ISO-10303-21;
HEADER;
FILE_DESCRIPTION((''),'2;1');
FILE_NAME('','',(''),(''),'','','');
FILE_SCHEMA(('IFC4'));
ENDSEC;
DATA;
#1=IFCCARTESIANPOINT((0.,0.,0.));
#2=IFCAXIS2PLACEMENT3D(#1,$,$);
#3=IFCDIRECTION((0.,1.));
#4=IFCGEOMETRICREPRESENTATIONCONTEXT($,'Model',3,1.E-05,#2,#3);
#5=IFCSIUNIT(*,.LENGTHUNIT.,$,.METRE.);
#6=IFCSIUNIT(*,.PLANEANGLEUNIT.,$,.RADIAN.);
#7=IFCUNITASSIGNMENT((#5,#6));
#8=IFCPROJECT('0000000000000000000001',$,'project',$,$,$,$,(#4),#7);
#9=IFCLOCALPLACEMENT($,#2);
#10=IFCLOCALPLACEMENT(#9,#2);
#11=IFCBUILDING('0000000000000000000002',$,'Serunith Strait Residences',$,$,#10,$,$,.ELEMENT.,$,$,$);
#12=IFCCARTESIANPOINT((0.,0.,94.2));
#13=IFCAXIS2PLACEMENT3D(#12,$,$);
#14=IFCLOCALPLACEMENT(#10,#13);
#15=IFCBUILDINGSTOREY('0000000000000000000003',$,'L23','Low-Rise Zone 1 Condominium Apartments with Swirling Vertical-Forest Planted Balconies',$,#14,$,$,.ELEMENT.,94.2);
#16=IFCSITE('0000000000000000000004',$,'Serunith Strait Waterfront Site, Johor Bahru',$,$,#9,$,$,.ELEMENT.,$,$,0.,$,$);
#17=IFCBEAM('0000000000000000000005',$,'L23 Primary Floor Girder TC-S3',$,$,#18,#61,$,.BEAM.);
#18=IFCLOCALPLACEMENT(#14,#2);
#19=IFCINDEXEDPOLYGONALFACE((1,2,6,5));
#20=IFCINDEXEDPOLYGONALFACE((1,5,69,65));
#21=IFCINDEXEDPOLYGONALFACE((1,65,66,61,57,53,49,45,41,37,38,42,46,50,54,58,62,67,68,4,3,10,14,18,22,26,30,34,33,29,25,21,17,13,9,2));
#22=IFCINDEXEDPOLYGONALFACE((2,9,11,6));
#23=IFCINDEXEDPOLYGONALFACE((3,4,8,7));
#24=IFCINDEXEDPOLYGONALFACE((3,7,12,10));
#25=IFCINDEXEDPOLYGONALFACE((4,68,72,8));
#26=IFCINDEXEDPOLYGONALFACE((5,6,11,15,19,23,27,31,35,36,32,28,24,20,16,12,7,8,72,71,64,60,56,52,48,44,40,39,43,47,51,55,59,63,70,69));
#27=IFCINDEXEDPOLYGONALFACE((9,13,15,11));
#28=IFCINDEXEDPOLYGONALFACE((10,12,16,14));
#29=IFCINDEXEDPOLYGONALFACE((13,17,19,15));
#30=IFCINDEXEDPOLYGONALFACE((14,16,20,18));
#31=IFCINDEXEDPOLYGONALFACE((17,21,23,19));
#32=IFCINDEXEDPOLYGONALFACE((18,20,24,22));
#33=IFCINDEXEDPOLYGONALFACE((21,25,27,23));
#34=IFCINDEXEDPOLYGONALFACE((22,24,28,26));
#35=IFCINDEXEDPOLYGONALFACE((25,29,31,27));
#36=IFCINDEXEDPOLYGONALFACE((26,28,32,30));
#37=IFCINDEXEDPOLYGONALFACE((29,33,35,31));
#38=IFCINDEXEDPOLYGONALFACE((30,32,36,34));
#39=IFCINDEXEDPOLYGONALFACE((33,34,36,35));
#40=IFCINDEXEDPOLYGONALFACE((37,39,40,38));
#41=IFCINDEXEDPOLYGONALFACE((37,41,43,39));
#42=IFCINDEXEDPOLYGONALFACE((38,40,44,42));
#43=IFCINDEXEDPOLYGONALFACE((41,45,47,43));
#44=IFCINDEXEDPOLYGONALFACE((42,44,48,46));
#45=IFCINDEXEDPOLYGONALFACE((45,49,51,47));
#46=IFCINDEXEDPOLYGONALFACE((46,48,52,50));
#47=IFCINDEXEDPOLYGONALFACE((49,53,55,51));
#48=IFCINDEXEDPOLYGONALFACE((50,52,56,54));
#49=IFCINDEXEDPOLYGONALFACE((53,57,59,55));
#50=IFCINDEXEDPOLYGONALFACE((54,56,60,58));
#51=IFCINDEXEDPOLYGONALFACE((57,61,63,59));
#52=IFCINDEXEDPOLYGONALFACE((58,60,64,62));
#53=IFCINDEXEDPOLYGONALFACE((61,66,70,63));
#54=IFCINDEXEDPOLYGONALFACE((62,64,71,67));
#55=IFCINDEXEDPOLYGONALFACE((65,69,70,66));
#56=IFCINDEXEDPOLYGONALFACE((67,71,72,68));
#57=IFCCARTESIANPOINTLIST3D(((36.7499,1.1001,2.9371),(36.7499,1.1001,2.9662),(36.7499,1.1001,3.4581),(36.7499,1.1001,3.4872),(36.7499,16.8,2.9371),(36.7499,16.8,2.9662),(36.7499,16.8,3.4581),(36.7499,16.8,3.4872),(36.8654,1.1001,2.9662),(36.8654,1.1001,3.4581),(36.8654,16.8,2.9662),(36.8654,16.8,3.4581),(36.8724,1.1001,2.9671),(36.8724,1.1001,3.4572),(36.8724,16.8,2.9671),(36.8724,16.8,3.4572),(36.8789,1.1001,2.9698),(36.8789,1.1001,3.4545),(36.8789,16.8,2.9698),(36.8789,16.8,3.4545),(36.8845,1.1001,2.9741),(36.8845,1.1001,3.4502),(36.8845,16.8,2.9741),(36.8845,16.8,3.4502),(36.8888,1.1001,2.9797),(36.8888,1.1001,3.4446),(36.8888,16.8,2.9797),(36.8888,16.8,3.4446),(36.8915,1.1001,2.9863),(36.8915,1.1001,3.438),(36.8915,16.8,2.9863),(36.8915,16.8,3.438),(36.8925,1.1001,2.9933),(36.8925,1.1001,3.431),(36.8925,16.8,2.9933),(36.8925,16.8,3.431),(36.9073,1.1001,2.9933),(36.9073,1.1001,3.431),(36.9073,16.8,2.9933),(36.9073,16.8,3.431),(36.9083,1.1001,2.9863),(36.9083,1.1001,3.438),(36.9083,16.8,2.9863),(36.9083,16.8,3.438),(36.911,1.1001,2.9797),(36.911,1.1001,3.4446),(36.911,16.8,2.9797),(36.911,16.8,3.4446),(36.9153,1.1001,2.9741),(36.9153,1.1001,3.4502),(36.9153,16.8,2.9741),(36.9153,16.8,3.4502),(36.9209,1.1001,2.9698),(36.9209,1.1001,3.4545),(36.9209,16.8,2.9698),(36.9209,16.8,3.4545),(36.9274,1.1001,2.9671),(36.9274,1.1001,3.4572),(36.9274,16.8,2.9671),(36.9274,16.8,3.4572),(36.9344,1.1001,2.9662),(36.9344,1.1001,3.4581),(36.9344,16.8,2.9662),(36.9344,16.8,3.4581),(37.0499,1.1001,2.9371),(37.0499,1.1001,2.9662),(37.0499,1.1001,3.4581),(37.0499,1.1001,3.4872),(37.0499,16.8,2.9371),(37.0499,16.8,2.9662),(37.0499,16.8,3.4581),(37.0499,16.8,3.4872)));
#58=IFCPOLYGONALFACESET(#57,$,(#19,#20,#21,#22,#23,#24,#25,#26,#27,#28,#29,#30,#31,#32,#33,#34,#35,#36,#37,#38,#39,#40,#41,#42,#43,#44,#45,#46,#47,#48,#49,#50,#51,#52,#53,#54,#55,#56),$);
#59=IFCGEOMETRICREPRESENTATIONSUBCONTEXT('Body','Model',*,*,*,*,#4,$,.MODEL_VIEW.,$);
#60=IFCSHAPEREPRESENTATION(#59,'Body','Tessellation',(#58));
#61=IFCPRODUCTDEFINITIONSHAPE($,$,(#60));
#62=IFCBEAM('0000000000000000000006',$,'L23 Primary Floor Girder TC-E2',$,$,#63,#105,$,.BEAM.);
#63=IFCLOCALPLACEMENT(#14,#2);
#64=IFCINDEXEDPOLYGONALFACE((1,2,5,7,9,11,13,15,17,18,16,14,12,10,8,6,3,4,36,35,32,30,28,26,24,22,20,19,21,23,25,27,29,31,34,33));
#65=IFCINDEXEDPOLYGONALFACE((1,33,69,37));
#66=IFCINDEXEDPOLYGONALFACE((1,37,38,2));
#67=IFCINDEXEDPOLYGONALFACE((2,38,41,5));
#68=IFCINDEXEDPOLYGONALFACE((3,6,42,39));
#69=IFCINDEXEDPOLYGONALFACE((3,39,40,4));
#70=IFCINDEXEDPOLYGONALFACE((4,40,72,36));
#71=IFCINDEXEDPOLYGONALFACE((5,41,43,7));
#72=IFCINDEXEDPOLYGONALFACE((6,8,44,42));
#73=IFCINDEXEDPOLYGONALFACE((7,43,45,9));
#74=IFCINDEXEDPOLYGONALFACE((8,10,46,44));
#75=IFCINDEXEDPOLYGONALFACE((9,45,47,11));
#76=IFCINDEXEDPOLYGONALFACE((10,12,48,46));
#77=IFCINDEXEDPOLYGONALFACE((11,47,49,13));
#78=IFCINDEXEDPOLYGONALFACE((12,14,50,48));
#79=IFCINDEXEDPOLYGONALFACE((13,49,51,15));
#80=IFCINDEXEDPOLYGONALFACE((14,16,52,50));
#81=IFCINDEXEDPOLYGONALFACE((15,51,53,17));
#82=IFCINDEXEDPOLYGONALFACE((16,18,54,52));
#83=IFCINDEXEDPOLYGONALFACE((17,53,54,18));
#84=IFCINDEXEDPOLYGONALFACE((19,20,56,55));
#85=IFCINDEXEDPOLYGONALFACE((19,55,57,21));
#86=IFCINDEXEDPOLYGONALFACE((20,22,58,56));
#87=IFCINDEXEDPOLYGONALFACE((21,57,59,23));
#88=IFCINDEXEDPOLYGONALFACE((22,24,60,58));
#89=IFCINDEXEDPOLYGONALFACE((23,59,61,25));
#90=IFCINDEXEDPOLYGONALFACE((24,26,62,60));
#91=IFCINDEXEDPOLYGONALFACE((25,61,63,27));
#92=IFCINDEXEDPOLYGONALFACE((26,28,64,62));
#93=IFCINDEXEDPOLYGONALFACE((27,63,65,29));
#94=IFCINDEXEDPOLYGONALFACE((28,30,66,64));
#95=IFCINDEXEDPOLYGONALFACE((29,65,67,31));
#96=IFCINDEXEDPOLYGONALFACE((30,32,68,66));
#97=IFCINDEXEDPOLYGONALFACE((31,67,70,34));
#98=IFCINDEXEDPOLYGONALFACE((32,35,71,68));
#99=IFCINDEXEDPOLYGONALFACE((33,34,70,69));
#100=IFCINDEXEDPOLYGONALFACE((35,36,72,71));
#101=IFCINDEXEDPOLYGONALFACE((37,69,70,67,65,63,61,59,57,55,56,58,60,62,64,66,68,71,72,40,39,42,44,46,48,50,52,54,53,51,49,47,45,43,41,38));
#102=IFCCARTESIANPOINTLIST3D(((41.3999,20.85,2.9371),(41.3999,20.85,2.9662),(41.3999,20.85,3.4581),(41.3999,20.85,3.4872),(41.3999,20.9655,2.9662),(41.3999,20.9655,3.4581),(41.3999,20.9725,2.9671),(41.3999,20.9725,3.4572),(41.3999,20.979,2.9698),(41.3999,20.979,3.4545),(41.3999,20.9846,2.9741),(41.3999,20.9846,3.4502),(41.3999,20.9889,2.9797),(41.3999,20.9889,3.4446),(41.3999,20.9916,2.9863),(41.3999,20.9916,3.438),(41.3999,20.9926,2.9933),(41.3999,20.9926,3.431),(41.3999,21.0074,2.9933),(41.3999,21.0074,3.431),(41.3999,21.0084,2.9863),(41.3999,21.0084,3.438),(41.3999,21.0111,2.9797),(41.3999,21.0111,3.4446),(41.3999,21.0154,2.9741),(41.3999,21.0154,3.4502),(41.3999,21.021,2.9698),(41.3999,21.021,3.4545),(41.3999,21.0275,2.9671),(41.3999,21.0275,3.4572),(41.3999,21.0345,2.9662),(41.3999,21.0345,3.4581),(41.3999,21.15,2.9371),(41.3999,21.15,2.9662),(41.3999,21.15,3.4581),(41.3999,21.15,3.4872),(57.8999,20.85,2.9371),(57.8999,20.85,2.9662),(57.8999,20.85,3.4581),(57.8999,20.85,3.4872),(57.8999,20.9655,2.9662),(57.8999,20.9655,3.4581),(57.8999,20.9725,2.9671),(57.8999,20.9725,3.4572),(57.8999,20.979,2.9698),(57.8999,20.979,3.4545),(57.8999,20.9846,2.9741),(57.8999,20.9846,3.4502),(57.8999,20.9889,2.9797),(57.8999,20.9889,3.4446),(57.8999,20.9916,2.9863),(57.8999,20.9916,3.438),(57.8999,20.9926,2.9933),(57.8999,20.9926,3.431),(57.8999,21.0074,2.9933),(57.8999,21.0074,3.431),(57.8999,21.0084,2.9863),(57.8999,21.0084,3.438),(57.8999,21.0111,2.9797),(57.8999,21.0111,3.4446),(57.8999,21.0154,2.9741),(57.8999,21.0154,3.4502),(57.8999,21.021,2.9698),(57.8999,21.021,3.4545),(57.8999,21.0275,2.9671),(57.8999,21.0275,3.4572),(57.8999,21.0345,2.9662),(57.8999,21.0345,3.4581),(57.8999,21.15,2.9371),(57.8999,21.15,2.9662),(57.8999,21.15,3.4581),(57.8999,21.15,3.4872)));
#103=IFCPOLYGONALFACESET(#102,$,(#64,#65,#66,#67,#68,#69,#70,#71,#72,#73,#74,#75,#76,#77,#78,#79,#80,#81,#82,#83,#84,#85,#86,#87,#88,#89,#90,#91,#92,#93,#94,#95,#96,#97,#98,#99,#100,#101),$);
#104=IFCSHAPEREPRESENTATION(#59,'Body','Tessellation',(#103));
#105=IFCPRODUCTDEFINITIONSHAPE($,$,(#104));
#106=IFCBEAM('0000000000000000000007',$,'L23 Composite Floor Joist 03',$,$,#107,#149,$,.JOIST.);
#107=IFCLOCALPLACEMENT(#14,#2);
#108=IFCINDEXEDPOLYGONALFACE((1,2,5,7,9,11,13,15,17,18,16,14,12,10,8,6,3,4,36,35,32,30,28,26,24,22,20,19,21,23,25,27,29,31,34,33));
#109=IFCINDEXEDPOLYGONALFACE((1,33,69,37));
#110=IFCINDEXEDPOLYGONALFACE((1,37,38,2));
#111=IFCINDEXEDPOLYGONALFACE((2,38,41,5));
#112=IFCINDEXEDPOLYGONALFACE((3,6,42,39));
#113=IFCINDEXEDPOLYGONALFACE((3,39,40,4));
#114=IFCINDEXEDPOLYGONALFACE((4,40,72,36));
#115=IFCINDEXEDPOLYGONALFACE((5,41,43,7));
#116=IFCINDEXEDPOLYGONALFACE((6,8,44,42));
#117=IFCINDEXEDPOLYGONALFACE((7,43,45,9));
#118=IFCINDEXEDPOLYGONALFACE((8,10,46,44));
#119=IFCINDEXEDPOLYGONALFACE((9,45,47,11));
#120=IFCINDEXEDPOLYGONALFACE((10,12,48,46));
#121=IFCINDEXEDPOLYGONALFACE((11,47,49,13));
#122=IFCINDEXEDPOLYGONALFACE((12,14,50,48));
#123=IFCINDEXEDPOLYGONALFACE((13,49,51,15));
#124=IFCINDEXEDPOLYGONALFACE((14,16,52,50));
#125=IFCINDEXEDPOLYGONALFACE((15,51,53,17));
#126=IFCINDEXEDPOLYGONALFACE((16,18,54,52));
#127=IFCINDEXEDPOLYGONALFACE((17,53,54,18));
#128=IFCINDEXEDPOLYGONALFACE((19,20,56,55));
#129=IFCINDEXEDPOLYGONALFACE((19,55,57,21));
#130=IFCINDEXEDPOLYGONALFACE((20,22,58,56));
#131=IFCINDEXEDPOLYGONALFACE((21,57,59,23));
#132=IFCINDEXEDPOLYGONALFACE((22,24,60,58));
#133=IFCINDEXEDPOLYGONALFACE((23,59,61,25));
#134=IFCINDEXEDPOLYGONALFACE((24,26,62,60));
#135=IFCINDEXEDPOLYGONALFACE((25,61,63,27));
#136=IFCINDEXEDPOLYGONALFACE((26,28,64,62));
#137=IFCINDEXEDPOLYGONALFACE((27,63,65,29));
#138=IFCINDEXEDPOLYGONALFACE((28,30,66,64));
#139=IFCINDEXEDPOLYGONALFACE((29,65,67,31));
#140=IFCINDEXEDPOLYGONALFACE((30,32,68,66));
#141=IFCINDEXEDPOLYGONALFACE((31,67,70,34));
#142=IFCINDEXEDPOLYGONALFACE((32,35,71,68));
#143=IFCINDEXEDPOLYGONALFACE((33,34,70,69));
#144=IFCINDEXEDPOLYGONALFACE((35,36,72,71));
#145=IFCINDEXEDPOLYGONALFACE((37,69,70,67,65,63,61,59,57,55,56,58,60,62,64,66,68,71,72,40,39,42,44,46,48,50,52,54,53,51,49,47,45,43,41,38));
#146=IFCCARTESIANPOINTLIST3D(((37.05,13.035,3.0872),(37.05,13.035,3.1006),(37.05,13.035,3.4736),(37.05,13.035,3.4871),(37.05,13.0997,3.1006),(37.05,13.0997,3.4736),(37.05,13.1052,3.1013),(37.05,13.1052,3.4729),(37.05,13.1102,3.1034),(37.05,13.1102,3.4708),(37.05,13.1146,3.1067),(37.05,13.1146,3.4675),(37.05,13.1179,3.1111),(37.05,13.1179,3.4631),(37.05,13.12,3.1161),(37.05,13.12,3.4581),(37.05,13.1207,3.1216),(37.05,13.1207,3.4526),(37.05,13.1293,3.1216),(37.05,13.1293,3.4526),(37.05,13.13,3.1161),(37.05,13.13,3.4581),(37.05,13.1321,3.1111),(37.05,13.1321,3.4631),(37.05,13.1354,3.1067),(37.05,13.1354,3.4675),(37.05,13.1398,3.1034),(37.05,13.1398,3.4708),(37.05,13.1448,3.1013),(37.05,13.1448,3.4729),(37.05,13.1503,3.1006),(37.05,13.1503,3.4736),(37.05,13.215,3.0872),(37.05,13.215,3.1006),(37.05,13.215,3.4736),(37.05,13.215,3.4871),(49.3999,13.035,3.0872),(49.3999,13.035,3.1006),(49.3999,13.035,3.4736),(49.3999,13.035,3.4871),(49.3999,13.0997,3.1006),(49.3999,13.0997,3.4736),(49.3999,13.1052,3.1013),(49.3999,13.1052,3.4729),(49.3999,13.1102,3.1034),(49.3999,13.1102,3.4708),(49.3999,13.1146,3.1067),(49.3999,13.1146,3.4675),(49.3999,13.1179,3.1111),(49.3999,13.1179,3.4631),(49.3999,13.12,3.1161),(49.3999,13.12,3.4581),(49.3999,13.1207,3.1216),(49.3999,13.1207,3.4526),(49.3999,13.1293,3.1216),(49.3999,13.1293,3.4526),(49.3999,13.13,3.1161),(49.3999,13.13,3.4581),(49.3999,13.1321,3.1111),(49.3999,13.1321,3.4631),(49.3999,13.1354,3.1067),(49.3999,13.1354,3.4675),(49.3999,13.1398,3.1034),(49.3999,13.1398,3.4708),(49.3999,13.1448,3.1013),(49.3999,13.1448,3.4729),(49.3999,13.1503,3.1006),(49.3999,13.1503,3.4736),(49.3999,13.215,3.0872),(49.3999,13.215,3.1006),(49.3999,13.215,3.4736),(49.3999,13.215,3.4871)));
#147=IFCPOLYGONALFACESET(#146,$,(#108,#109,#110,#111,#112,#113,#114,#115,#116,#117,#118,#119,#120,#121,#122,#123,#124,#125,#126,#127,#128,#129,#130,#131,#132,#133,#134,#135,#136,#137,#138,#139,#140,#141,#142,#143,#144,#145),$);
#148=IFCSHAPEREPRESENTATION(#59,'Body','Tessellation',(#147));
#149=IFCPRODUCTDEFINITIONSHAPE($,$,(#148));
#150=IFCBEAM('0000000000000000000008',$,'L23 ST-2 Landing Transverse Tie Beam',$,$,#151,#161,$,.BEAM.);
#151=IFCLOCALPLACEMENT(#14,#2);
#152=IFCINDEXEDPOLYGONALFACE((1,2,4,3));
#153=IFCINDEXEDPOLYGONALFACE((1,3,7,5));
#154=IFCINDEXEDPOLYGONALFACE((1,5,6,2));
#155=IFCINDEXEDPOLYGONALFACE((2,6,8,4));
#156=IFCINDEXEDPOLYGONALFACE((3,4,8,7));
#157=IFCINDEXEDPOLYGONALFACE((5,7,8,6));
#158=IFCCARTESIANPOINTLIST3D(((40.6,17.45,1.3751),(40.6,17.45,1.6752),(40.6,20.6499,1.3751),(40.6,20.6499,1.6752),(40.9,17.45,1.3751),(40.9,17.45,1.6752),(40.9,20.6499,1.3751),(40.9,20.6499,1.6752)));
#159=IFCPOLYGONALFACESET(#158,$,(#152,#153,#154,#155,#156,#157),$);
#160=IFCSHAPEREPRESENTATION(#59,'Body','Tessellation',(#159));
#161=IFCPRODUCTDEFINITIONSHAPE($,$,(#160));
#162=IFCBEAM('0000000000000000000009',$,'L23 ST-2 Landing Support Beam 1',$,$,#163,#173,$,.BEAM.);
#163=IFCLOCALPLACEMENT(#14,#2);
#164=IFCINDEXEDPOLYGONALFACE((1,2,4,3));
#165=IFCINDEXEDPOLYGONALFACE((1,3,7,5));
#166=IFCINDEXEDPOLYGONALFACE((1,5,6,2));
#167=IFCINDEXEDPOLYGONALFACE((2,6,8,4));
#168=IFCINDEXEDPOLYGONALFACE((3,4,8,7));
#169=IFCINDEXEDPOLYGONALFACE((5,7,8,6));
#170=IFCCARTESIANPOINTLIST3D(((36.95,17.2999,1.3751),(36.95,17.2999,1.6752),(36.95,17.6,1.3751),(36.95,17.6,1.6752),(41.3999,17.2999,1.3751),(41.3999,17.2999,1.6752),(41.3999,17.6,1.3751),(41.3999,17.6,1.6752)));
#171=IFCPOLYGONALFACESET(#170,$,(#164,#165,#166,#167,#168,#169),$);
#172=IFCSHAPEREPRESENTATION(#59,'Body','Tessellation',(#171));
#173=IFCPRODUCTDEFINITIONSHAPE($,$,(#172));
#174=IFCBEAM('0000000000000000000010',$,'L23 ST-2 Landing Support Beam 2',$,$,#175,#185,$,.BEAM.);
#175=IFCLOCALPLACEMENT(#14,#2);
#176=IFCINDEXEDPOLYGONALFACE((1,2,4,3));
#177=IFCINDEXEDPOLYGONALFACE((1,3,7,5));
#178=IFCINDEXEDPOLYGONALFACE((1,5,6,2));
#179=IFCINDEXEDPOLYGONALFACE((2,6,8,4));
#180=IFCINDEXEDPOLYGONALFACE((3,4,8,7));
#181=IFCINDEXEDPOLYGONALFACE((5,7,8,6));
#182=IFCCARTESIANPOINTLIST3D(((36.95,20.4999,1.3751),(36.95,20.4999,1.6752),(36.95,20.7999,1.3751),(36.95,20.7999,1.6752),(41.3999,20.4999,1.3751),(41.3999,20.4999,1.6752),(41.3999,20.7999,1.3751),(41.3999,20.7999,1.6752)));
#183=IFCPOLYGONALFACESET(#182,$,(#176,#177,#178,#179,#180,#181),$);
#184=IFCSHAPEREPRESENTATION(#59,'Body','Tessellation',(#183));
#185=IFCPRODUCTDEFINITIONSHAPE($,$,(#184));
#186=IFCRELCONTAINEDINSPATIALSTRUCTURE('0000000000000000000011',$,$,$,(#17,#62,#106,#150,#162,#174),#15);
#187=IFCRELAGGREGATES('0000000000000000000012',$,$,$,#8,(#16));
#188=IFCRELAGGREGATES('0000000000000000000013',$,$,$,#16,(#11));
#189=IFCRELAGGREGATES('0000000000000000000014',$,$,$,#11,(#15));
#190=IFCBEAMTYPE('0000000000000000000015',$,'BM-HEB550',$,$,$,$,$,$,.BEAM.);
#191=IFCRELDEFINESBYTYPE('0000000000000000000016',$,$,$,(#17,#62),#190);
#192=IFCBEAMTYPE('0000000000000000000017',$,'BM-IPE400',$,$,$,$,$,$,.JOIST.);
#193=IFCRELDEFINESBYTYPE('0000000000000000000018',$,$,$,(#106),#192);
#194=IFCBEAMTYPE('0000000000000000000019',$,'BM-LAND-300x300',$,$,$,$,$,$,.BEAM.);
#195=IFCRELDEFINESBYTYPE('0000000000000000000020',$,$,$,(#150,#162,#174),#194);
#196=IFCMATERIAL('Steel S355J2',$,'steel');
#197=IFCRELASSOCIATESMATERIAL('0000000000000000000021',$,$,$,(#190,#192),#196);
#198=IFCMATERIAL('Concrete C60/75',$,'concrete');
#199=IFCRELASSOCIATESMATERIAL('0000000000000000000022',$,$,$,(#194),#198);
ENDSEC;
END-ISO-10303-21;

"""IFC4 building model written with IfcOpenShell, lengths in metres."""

from ifc_helpers import new_model, si_unit, direction, frame, origin, origin_2d, place, context, subcontext, project, spatial, rectangle, i_section, extrude, source, transform, mapped, material, material_profile, profile_set, type_object, element, save


model = new_model("IFC4")

# Units and contexts
model_context = context("Model", 3, precision=1e-05, world=origin(), true_north=direction((0.0, 1.0)))
body_context = subcontext(model_context, "Body", "Model", "MODEL_VIEW")
ifc_project = project(units=[si_unit("LENGTHUNIT", "METRE"), si_unit("PLANEANGLEUNIT", "RADIAN")], contexts=[model_context])

# Site, building, storey
site_placement = place(None, origin())
site = spatial("IfcSite", under=ifc_project, at=site_placement, Name="Serunith Strait Waterfront Site, Johor Bahru", CompositionType="ELEMENT", RefElevation=0.0)
building_placement = place(site_placement, origin())
building = spatial("IfcBuilding", under=site, at=building_placement, Name="Serunith Strait Residences", CompositionType="ELEMENT")
storey_placement = place(building_placement, frame((0.0, 0.0, 94.2)))
storey = spatial("IfcBuildingStorey", under=building, at=storey_placement, Name="L23", Description="Low-Rise Zone 1 Condominium Apartments with Swirling Vertical-Forest Planted Balconies", CompositionType="ELEMENT", Elevation=94.2)

# Beams
ifc_material_1 = material(Name="Steel S355J2", Category="steel")
ifc_material_profile_1 = material_profile(ifc_material_1, i_section(OverallWidth=0.3, OverallDepth=0.55, WebThickness=0.0149, FlangeThickness=0.0291, FilletRadius=0.0271, at=origin_2d()), Name="HEB 550")
ifc_profile_set_1 = profile_set([ifc_material_profile_1], Name="Steel S355J2")
beam_type_1 = type_object("IfcBeamType", Name="BM-HEB550", PredefinedType="BEAM", material=ifc_profile_set_1)
shared_shape_1 = source(origin(), body_context, "Body", "SweptSolid", [
    extrude(i_section(OverallWidth=0.3, OverallDepth=0.55, WebThickness=0.0149, FlangeThickness=0.0291, FilletRadius=0.0271, at=origin_2d()), origin(), (0.0, 0.0, 1.0), 15.7),
])
beam_1_placement = place(storey_placement, frame((36.8999, 16.8, 3.2122), z_axis=(0.0, -1.0, 0.0), x_axis=(1.0, 0.0, 0.0)))
element("IfcBeam", 1, at=beam_1_placement, inside=storey, type_object=beam_type_1, Name="L23 Primary Floor Girder TC-S3", PredefinedType="BEAM", context=body_context, shape_type="MappedRepresentation", body=[
    mapped(shared_shape_1, transform((0.0, 0.0, 0.0), scale=1.0)),
])
shared_shape_2 = source(origin(), body_context, "Body", "SweptSolid", [
    extrude(i_section(OverallWidth=0.3, OverallDepth=0.55, WebThickness=0.0149, FlangeThickness=0.0291, FilletRadius=0.0271, at=origin_2d()), origin(), (0.0, 0.0, 1.0), 16.5),
])
beam_2_placement = place(storey_placement, frame((41.3999, 21.0, 3.2122), z_axis=(1.0, 0.0, 0.0), x_axis=(0.0, 1.0, 0.0)))
element("IfcBeam", 2, at=beam_2_placement, inside=storey, type_object=beam_type_1, Name="L23 Primary Floor Girder TC-E2", PredefinedType="BEAM", context=body_context, shape_type="MappedRepresentation", body=[
    mapped(shared_shape_2, transform((0.0, 0.0, 0.0), scale=1.0)),
])
ifc_material_profile_2 = material_profile(ifc_material_1, i_section(OverallWidth=0.1799, OverallDepth=0.3999, WebThickness=0.0085, FlangeThickness=0.0134, FilletRadius=0.021, at=origin_2d()), Name="IPE 400")
ifc_profile_set_2 = profile_set([ifc_material_profile_2], Name="Steel S355J2")
beam_type_2 = type_object("IfcBeamType", Name="BM-IPE400", PredefinedType="JOIST", material=ifc_profile_set_2)
shared_shape_3 = source(origin(), body_context, "Body", "SweptSolid", [
    extrude(i_section(OverallWidth=0.1799, OverallDepth=0.3999, WebThickness=0.0085, FlangeThickness=0.0134, FilletRadius=0.021, at=origin_2d()), origin(), (0.0, 0.0, 1.0), 12.3499),
])
beam_3_placement = place(storey_placement, frame((37.05, 13.125, 3.2871), z_axis=(1.0, 0.0, 0.0), x_axis=(0.0, 1.0, 0.0)))
element("IfcBeam", 3, at=beam_3_placement, inside=storey, type_object=beam_type_2, Name="L23 Composite Floor Joist 03", PredefinedType="JOIST", context=body_context, shape_type="MappedRepresentation", body=[
    mapped(shared_shape_3, transform((0.0, 0.0, 0.0), scale=1.0)),
])
ifc_material_2 = material(Name="Concrete C60/75", Category="concrete")
ifc_material_profile_3 = material_profile(ifc_material_2, rectangle(XDim=0.3, YDim=0.3, at=origin_2d()), Name="RC 300x300")
ifc_profile_set_3 = profile_set([ifc_material_profile_3], Name="Concrete C60/75")
beam_type_3 = type_object("IfcBeamType", Name="BM-LAND-300x300", PredefinedType="BEAM", material=ifc_profile_set_3)
shared_shape_4 = source(origin(), body_context, "Body", "SweptSolid", [
    extrude(rectangle(XDim=0.3, YDim=0.3, at=origin_2d()), origin(), (0.0, 0.0, 1.0), 3.2),
])
beam_4_placement = place(storey_placement, frame((40.75, 17.45, 1.5251), z_axis=(0.0, 1.0, 0.0), x_axis=(-1.0, 0.0, 0.0)))
element("IfcBeam", 4, at=beam_4_placement, inside=storey, type_object=beam_type_3, Name="L23 ST-2 Landing Transverse Tie Beam", PredefinedType="BEAM", context=body_context, shape_type="MappedRepresentation", body=[
    mapped(shared_shape_4, transform((0.0, 0.0, 0.0), scale=1.0)),
])
shared_shape_5 = source(origin(), body_context, "Body", "SweptSolid", [
    extrude(rectangle(XDim=0.3, YDim=0.3, at=origin_2d()), origin(), (0.0, 0.0, 1.0), 4.45),
])
for number, where, z_axis, x_axis, name in (
    (5, (36.95, 17.45, 1.5251), (1.0, 0.0, 0.0), (0.0, 1.0, 0.0), "L23 ST-2 Landing Support Beam 1"),
    (6, (36.95, 20.6499, 1.5251), (1.0, 0.0, 0.0), (0.0, 1.0, 0.0), "L23 ST-2 Landing Support Beam 2"),
):
    element("IfcBeam", number, at=place(storey_placement, frame(where, z_axis=z_axis, x_axis=x_axis)), inside=storey, type_object=beam_type_3, Name=name, PredefinedType="BEAM", context=body_context, shape_type="MappedRepresentation", body=[
        mapped(shared_shape_5, transform((0.0, 0.0, 0.0), scale=1.0)),
    ])

save(model, "model.ifc")
